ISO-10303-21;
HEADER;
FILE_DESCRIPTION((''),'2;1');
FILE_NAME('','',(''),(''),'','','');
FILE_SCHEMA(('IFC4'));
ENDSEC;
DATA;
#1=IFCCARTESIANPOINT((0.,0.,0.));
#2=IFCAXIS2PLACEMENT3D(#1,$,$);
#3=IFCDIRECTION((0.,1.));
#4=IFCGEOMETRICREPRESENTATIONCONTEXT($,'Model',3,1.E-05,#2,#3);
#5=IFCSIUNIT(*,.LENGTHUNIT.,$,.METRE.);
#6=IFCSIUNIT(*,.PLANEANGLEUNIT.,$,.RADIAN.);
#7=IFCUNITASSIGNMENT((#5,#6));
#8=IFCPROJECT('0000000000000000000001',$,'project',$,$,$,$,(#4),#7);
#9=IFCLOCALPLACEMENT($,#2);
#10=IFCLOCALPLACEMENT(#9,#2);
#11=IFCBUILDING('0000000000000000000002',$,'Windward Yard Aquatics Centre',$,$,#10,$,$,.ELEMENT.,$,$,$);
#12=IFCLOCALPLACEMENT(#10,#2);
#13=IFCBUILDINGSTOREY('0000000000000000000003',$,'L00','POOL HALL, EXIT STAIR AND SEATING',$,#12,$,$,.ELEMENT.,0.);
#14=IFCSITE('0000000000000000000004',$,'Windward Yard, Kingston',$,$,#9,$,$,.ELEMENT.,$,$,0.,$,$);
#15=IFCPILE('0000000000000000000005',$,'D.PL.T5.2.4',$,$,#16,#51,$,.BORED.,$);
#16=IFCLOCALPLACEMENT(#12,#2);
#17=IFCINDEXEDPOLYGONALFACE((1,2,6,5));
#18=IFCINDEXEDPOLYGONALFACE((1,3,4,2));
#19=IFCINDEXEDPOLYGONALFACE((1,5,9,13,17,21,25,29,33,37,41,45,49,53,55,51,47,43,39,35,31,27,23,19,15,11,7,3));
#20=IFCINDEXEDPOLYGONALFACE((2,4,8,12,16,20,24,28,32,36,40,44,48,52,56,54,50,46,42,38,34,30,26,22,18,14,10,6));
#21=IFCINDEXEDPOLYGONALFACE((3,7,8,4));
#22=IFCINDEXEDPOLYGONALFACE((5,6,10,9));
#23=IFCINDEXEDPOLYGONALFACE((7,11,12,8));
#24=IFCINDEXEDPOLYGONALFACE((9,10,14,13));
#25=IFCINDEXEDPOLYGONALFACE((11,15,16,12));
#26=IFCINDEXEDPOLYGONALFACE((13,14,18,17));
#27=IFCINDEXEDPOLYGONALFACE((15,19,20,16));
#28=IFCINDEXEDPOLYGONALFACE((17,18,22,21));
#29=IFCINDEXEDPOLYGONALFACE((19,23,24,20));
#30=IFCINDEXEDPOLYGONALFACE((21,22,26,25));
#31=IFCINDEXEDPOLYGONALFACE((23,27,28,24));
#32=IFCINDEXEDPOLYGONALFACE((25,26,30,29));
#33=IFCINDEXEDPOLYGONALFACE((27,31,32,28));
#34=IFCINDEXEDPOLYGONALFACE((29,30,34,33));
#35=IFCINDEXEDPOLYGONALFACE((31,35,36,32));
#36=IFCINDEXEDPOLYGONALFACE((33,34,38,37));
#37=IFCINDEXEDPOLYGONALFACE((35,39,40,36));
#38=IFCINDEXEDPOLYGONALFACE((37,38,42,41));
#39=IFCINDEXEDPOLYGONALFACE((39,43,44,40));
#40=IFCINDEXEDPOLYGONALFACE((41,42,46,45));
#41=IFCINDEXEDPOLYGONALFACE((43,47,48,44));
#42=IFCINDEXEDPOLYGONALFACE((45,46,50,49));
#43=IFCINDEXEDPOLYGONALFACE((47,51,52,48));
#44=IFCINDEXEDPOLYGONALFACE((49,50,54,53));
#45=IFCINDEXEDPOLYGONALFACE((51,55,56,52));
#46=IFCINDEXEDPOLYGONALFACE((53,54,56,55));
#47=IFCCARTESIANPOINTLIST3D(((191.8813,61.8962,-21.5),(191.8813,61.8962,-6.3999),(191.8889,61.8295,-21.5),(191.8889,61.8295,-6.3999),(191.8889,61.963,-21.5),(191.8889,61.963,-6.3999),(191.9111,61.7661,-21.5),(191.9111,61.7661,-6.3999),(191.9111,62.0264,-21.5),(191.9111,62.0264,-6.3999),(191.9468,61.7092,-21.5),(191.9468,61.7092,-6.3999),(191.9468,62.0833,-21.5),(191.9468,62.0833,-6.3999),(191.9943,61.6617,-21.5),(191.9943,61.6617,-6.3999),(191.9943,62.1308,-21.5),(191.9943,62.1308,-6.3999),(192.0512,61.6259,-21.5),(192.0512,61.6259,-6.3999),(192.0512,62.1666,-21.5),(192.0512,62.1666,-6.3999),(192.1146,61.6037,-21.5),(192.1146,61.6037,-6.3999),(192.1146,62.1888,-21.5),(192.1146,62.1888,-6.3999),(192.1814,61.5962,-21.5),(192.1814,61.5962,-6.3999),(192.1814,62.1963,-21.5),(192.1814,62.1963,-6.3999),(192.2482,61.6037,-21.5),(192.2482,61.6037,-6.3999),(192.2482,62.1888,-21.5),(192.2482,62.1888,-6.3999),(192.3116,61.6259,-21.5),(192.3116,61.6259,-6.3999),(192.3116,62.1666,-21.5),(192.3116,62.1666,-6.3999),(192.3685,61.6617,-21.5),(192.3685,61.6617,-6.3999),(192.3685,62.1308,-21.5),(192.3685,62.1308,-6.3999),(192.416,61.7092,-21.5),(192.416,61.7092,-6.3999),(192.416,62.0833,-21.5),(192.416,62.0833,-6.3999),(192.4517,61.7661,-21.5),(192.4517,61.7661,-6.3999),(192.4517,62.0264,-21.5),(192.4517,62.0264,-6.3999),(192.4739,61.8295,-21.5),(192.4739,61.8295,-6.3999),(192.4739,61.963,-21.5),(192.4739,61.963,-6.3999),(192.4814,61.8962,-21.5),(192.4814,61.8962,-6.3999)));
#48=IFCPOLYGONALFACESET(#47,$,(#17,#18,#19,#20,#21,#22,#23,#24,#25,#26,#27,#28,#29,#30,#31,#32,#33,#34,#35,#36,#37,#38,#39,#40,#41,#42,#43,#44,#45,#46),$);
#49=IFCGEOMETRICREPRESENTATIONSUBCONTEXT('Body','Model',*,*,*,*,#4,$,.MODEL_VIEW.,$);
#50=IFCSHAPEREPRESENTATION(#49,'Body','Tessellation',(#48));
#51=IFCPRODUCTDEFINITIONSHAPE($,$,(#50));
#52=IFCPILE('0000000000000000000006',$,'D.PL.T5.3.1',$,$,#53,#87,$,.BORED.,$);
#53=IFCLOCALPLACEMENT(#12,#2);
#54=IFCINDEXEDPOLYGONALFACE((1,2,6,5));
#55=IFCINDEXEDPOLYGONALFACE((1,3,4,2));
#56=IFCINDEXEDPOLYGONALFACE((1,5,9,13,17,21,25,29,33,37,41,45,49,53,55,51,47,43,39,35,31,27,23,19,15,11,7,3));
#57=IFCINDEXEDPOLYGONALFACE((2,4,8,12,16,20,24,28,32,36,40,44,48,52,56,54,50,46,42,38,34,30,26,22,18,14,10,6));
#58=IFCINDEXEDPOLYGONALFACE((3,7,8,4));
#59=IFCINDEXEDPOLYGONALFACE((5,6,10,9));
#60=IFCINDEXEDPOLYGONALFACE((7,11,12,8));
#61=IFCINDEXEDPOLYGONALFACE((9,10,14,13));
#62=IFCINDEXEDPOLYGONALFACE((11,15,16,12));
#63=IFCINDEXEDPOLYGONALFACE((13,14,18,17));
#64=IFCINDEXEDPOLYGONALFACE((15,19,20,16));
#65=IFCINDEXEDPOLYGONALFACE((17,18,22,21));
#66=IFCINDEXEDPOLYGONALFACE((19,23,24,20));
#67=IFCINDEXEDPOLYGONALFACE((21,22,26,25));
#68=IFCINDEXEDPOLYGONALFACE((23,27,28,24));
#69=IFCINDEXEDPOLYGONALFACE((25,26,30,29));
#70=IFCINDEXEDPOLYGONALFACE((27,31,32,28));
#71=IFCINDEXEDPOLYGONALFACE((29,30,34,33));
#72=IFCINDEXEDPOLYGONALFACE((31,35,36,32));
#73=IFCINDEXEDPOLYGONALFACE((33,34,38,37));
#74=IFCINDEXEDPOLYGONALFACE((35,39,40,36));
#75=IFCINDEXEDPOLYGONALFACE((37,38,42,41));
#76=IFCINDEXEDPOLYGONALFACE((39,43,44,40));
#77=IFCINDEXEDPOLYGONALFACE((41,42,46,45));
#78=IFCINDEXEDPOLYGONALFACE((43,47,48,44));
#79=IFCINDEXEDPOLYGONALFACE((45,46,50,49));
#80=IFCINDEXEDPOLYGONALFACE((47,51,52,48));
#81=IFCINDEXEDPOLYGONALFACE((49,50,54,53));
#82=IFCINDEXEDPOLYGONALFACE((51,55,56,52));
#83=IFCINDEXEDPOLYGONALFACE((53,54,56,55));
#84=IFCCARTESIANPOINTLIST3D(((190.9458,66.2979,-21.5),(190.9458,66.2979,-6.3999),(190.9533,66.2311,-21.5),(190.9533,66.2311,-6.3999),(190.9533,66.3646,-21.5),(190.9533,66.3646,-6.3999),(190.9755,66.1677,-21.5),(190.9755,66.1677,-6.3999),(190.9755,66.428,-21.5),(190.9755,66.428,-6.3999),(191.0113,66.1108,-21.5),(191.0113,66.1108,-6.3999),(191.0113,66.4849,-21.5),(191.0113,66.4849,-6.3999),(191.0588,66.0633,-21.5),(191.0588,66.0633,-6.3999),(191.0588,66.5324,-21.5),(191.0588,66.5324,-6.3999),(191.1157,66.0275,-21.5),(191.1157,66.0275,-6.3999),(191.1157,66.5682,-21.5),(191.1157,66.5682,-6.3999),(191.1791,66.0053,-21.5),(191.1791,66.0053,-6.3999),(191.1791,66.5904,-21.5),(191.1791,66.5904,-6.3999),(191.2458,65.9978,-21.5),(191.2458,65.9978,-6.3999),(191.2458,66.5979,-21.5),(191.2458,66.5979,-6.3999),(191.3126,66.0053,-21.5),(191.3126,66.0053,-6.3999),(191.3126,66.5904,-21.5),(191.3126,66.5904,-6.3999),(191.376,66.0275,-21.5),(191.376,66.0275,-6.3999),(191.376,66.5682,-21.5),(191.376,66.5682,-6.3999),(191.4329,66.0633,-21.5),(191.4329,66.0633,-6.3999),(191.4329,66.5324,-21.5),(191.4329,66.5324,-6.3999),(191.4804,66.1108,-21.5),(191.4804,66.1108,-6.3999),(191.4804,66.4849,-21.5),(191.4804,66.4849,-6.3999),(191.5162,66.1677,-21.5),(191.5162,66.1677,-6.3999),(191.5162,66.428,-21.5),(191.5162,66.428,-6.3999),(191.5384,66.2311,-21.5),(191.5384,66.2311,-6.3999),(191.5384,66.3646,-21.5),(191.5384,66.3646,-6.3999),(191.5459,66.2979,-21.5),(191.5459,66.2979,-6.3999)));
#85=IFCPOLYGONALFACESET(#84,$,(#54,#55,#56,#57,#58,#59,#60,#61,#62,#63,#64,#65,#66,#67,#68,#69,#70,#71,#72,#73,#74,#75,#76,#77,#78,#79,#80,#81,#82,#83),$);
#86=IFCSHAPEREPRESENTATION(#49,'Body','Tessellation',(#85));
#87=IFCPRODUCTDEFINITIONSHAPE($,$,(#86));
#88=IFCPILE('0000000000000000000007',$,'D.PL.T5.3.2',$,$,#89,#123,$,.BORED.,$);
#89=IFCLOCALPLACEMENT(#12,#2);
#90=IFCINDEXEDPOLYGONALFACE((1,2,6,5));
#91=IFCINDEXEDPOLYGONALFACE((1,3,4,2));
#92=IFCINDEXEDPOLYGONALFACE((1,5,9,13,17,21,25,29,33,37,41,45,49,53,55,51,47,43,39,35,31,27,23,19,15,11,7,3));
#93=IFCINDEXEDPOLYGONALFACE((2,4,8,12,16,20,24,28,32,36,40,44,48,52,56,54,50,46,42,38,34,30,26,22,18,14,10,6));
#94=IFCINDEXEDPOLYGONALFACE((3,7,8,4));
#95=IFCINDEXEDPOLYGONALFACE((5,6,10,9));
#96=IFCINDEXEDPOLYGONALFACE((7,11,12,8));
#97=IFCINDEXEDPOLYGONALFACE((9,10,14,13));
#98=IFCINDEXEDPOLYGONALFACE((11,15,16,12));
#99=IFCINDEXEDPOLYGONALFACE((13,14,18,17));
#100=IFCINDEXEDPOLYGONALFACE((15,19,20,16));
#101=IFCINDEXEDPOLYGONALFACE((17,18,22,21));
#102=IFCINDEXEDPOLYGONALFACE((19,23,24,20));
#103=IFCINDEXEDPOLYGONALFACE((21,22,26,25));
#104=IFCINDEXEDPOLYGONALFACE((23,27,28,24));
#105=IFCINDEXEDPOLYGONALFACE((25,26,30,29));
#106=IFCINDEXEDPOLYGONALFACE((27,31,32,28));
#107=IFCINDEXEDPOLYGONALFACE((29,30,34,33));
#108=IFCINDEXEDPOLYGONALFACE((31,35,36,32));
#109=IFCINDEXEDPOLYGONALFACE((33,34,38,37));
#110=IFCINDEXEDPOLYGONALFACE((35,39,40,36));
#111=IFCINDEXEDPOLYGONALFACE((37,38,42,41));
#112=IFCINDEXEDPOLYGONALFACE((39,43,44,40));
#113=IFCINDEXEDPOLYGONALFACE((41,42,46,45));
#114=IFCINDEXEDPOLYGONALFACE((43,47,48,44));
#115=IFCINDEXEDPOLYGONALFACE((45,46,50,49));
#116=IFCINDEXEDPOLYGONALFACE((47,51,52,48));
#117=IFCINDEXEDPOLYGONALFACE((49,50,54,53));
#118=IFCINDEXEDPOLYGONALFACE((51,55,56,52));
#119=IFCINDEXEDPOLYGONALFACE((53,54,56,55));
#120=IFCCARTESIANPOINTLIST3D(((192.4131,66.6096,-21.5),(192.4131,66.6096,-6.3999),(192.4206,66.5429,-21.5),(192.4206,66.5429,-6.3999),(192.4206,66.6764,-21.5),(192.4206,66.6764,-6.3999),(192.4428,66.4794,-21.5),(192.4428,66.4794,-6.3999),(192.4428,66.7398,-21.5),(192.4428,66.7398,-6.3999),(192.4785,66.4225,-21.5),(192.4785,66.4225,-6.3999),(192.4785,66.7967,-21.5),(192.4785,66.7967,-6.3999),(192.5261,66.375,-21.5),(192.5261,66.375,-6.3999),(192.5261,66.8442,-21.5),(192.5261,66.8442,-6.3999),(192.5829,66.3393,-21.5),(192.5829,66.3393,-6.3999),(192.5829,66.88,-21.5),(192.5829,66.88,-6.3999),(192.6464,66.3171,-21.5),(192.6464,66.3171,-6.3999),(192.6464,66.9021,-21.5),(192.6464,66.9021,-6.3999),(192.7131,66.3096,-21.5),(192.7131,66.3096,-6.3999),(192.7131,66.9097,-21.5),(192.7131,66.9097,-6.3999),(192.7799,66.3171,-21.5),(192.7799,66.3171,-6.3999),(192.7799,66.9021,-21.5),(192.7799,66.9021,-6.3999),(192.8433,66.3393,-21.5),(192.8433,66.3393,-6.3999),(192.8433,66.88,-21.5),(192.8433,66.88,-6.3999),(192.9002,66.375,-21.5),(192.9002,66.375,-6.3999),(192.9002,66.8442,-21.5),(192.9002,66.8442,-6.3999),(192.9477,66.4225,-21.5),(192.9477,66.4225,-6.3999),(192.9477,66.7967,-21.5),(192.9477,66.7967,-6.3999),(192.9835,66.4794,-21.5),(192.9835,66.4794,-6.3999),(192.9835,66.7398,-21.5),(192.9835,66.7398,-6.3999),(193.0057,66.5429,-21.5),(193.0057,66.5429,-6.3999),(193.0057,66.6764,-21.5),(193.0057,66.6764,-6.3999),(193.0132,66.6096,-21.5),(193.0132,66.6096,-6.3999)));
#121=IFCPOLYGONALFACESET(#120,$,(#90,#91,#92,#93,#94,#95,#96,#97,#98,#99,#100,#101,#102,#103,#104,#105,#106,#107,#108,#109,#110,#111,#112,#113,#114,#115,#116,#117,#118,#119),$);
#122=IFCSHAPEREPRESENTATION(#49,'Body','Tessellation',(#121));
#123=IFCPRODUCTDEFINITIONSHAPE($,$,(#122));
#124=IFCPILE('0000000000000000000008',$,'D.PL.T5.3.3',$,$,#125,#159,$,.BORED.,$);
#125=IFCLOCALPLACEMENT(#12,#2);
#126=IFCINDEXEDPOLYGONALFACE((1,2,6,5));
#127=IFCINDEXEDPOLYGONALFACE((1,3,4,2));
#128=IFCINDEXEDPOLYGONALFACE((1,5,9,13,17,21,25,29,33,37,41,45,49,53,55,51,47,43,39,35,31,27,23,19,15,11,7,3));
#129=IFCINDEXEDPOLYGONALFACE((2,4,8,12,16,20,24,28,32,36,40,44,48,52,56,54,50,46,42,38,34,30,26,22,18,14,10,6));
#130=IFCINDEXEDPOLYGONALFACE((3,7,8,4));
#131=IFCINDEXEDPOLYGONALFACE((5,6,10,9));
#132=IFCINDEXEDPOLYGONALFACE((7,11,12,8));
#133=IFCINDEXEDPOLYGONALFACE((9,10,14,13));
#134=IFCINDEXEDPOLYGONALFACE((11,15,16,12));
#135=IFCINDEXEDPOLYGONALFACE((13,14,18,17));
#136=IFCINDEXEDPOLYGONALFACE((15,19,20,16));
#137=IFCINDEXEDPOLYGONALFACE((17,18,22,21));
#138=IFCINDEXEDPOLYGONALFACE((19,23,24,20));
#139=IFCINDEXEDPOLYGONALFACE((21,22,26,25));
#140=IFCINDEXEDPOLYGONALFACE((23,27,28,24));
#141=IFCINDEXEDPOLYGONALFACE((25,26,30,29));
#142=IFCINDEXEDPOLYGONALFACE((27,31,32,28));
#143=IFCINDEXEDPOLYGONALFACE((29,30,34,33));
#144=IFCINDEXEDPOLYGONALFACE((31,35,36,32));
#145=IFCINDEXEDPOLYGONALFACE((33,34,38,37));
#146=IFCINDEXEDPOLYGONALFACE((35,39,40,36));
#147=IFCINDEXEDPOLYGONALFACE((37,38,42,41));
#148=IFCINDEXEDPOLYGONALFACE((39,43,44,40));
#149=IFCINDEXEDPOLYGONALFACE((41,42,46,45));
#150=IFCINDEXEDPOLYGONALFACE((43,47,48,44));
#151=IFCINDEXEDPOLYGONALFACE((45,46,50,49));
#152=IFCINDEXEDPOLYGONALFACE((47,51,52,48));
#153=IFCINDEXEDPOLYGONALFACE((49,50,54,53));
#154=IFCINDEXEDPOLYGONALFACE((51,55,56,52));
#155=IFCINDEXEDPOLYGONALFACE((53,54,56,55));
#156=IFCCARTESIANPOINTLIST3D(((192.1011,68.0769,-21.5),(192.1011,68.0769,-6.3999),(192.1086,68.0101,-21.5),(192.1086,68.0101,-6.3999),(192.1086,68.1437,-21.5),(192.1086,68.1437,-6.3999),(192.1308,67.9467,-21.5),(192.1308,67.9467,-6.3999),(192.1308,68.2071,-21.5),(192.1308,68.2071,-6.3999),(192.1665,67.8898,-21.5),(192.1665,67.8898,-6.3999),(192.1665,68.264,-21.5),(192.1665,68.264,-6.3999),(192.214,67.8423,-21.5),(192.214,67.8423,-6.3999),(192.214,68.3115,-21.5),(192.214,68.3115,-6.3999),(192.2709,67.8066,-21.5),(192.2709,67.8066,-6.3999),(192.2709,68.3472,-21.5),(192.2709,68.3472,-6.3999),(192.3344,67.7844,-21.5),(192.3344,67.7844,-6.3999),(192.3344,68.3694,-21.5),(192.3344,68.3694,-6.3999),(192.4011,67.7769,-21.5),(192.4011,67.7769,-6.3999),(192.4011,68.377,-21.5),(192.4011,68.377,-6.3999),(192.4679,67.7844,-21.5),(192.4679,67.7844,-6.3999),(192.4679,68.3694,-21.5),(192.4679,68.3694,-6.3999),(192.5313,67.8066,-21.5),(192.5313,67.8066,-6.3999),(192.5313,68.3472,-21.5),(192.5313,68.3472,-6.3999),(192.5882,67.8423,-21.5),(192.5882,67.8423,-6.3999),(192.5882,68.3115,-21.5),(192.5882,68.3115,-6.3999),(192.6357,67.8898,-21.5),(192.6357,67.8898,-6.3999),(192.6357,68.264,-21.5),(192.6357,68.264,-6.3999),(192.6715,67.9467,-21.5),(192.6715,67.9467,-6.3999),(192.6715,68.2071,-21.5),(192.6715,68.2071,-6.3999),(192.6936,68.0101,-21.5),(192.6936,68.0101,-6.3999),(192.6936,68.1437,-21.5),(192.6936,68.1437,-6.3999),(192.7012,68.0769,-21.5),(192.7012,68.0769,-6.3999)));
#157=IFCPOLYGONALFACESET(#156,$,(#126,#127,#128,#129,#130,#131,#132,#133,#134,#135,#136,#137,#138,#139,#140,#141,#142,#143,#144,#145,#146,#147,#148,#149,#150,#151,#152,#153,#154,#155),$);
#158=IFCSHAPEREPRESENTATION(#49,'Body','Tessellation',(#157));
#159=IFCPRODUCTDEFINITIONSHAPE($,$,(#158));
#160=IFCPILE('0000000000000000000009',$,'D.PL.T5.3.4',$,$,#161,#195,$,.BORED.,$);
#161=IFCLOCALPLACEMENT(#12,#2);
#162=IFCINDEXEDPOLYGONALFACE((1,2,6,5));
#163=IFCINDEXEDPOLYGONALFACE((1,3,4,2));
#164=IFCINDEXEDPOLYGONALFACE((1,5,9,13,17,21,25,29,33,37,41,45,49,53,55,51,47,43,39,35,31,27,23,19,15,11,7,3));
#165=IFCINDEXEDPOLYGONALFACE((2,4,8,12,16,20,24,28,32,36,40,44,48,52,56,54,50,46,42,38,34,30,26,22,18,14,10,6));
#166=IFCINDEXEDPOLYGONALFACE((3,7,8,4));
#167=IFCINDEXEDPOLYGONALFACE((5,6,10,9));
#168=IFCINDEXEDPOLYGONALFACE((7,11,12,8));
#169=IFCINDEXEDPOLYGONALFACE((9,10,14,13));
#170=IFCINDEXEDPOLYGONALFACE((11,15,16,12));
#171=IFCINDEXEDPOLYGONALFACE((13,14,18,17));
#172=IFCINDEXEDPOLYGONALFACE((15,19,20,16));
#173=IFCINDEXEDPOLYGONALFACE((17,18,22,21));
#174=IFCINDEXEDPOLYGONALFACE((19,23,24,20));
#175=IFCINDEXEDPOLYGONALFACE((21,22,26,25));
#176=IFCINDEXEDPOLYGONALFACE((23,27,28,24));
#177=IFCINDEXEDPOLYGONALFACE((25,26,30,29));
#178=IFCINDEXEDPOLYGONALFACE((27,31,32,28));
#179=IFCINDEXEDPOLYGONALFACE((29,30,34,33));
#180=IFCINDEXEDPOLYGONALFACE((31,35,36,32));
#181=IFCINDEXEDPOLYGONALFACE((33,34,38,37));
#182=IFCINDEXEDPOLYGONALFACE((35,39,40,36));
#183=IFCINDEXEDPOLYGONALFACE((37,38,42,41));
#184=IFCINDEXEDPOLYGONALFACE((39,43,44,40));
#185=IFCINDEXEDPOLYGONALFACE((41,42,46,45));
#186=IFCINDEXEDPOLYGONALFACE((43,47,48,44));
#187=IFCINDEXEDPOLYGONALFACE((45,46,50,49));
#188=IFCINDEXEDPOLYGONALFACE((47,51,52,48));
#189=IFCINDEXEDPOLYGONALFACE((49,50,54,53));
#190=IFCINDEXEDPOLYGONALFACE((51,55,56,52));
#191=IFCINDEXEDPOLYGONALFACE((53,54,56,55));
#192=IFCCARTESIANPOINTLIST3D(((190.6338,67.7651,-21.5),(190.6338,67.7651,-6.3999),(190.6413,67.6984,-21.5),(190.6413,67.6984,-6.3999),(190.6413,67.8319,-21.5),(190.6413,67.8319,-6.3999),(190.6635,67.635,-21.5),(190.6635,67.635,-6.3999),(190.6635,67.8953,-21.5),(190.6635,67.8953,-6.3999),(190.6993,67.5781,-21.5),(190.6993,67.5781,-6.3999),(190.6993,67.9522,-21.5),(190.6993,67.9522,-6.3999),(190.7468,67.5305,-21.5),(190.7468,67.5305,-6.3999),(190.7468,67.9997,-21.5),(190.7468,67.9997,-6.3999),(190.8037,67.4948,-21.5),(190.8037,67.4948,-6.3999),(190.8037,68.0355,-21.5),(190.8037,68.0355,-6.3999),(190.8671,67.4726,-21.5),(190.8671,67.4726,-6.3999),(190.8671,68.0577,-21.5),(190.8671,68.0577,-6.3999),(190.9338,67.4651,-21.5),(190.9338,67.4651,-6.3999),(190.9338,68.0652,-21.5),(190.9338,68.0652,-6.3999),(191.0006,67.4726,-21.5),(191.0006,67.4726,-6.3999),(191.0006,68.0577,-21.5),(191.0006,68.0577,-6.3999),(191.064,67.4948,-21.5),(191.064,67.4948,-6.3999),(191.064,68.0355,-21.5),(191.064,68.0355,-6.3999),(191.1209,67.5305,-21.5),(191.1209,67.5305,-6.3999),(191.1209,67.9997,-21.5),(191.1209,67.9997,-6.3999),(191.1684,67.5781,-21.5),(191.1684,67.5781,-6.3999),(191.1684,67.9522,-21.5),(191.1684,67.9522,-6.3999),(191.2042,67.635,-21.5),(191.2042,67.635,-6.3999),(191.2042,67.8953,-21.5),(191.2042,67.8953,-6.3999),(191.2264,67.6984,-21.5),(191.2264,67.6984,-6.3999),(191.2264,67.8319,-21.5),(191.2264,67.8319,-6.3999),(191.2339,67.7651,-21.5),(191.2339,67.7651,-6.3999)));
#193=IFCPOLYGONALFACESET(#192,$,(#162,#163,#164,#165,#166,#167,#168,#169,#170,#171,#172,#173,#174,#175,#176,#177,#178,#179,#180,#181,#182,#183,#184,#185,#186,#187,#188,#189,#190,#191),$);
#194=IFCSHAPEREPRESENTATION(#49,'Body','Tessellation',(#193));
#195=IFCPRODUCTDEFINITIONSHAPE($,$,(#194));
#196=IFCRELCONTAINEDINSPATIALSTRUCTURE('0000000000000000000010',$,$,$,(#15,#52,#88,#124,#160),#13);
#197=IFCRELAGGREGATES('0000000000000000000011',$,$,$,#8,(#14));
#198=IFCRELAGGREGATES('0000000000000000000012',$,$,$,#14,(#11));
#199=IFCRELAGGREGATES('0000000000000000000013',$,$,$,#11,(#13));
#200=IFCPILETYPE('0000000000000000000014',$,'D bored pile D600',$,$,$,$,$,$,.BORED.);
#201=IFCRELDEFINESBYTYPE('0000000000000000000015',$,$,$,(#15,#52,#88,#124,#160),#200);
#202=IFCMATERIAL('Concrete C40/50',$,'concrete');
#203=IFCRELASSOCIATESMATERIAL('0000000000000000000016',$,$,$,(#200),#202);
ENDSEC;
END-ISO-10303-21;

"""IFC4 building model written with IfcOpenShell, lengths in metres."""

from ifc_helpers import new_model, si_unit, direction, frame, origin, origin_2d, place, context, subcontext, project, spatial, circle, extrude, material, material_profile, profile_set, type_object, element, save


model = new_model("IFC4")

# Units and contexts
model_context = context("Model", 3, precision=1e-05, world=origin(), true_north=direction((0.0, 1.0)))
body_context = subcontext(model_context, "Body", "Model", "MODEL_VIEW")
ifc_project = project(units=[si_unit("LENGTHUNIT", "METRE"), si_unit("PLANEANGLEUNIT", "RADIAN")], contexts=[model_context])

# Site, building, storey
site_placement = place(None, origin())
site = spatial("IfcSite", under=ifc_project, at=site_placement, Name="Windward Yard, Kingston", CompositionType="ELEMENT", RefElevation=0.0)
building_placement = place(site_placement, origin())
building = spatial("IfcBuilding", under=site, at=building_placement, Name="Windward Yard Aquatics Centre", CompositionType="ELEMENT")
storey_placement = place(building_placement, origin())
storey = spatial("IfcBuildingStorey", under=building, at=storey_placement, Name="L00", Description="POOL HALL, EXIT STAIR AND SEATING", CompositionType="ELEMENT", Elevation=0.0)

# Piles
ifc_material_1 = material(Name="Concrete C40/50", Category="concrete")
ifc_material_profile_1 = material_profile(ifc_material_1, circle(Radius=0.3, at=origin_2d()), Name="RC D600")
ifc_profile_set_1 = profile_set([ifc_material_profile_1], Name="Concrete C40/50")
pile_type = type_object("IfcPileType", Name="D bored pile D600", PredefinedType="BORED", material=ifc_profile_set_1)
for number, where, z_axis, x_axis, name in (
    (1, (192.1814, 61.8962, -6.3999), (0.0, 0.0, -1.0), (1.0, 0.0, 0.0), "D.PL.T5.2.4"),
    (2, (191.2458, 66.2979, -6.3999), (0.0, 0.0, -1.0), (1.0, 0.0, 0.0), "D.PL.T5.3.1"),
    (3, (192.7131, 66.6096, -6.3999), (0.0, 0.0, -1.0), (1.0, 0.0, 0.0), "D.PL.T5.3.2"),
    (4, (192.4011, 68.0769, -6.3999), (0.0, 0.0, -1.0), (1.0, 0.0, 0.0), "D.PL.T5.3.3"),
    (5, (190.9338, 67.7651, -6.3999), (0.0, 0.0, -1.0), (1.0, 0.0, 0.0), "D.PL.T5.3.4"),
):
    element("IfcPile", number, at=place(storey_placement, frame(where, z_axis=z_axis, x_axis=x_axis)), inside=storey, type_object=pile_type, Name=name, PredefinedType="BORED", context=body_context, shape_type="SweptSolid", body=[
        extrude(circle(Radius=0.3, at=origin_2d()), origin(), (0.0, 0.0, 1.0), 15.1001),
    ])

save(model, "model.ifc")
